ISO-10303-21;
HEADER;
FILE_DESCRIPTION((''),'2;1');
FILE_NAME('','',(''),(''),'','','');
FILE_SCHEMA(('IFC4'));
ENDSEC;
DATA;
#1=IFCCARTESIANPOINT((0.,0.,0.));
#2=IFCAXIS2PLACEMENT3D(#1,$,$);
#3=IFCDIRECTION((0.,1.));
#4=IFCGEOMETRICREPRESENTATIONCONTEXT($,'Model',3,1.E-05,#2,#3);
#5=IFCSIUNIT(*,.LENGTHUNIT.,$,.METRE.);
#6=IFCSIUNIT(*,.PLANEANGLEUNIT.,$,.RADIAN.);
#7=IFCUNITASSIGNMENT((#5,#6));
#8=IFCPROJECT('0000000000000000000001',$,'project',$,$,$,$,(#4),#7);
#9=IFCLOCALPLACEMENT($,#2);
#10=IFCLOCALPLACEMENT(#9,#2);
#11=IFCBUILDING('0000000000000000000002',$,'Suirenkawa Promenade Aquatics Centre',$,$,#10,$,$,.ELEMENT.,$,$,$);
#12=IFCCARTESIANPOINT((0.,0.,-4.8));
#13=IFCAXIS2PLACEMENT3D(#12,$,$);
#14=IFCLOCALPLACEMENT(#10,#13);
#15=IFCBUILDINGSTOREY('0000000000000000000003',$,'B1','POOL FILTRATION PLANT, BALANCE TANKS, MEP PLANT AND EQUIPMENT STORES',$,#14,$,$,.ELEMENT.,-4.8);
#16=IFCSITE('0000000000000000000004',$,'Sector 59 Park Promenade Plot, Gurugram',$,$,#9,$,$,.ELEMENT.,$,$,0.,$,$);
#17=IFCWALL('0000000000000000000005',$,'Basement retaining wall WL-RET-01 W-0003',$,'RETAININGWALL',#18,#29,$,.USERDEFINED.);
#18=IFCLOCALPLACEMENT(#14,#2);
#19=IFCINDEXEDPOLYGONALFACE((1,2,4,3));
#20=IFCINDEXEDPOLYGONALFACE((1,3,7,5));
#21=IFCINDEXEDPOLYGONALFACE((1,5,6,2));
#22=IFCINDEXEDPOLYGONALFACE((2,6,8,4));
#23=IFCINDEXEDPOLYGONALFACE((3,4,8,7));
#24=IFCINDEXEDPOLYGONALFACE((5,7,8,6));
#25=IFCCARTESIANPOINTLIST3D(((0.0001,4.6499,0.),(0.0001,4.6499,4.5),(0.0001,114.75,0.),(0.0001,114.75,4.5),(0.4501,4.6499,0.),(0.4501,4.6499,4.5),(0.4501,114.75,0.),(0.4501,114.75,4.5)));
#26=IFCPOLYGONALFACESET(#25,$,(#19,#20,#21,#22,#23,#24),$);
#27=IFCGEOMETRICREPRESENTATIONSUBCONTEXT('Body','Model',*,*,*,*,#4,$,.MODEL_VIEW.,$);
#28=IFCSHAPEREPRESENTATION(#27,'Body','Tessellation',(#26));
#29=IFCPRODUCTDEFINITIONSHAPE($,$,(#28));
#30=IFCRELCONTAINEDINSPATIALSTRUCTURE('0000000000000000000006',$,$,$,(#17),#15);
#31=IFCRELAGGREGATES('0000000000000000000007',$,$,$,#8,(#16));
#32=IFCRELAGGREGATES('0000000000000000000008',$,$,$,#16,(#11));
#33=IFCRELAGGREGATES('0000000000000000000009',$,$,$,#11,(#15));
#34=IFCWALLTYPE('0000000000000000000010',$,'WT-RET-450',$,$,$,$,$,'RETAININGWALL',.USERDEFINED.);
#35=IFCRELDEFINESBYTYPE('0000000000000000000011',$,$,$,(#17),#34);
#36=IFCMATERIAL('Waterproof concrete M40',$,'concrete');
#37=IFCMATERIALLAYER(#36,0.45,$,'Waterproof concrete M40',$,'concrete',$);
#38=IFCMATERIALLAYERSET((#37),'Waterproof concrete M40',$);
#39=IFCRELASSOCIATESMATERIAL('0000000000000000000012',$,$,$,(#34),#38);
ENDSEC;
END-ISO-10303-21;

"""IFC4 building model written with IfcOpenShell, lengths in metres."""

from ifc_helpers import new_model, si_unit, direction, frame, frame_2d, origin, place, context, subcontext, project, spatial, rectangle, extrude, material, layer, layer_set, type_object, element, save


model = new_model("IFC4")

# Units and contexts
model_context = context("Model", 3, precision=1e-05, world=origin(), true_north=direction((0.0, 1.0)))
body_context = subcontext(model_context, "Body", "Model", "MODEL_VIEW")
ifc_project = project(units=[si_unit("LENGTHUNIT", "METRE"), si_unit("PLANEANGLEUNIT", "RADIAN")], contexts=[model_context])

# Site, building, storey
site_placement = place(None, origin())
site = spatial("IfcSite", under=ifc_project, at=site_placement, Name="Sector 59 Park Promenade Plot, Gurugram", CompositionType="ELEMENT", RefElevation=0.0)
building_placement = place(site_placement, origin())
building = spatial("IfcBuilding", under=site, at=building_placement, Name="Suirenkawa Promenade Aquatics Centre", CompositionType="ELEMENT")
storey_placement = place(building_placement, frame((0.0, 0.0, -4.8)))
storey = spatial("IfcBuildingStorey", under=building, at=storey_placement, Name="B1", Description="POOL FILTRATION PLANT, BALANCE TANKS, MEP PLANT AND EQUIPMENT STORES", CompositionType="ELEMENT", Elevation=-4.8)

# Shared definitions
ifc_material_1 = material(Name="Waterproof concrete M40", Category="concrete")

# Wall
ifc_layer_1 = layer(ifc_material_1, 0.45, Name="Waterproof concrete M40", Category="concrete")
ifc_layer_set_1 = layer_set([ifc_layer_1], Name="Waterproof concrete M40")
wall_type = type_object("IfcWallType", Name="WT-RET-450", ElementType="RETAININGWALL", PredefinedType="USERDEFINED", material=ifc_layer_set_1)
wall_1_placement = place(storey_placement, frame((0.2251, 4.6499, 0.0), z_axis=(0.0, 0.0, 1.0), x_axis=(0.0, 1.0, 0.0)))
element("IfcWall", 1, at=wall_1_placement, inside=storey, type_object=wall_type, Name="Basement retaining wall WL-RET-01 W-0003", ObjectType="RETAININGWALL", PredefinedType="USERDEFINED", context=body_context, shape_type="SweptSolid", body=[
    extrude(rectangle(XDim=110.1001, YDim=0.45, at=frame_2d((55.05, 0.0))), origin(), (0.0, 0.0, 1.0), 4.5),
])

save(model, "model.ifc")
